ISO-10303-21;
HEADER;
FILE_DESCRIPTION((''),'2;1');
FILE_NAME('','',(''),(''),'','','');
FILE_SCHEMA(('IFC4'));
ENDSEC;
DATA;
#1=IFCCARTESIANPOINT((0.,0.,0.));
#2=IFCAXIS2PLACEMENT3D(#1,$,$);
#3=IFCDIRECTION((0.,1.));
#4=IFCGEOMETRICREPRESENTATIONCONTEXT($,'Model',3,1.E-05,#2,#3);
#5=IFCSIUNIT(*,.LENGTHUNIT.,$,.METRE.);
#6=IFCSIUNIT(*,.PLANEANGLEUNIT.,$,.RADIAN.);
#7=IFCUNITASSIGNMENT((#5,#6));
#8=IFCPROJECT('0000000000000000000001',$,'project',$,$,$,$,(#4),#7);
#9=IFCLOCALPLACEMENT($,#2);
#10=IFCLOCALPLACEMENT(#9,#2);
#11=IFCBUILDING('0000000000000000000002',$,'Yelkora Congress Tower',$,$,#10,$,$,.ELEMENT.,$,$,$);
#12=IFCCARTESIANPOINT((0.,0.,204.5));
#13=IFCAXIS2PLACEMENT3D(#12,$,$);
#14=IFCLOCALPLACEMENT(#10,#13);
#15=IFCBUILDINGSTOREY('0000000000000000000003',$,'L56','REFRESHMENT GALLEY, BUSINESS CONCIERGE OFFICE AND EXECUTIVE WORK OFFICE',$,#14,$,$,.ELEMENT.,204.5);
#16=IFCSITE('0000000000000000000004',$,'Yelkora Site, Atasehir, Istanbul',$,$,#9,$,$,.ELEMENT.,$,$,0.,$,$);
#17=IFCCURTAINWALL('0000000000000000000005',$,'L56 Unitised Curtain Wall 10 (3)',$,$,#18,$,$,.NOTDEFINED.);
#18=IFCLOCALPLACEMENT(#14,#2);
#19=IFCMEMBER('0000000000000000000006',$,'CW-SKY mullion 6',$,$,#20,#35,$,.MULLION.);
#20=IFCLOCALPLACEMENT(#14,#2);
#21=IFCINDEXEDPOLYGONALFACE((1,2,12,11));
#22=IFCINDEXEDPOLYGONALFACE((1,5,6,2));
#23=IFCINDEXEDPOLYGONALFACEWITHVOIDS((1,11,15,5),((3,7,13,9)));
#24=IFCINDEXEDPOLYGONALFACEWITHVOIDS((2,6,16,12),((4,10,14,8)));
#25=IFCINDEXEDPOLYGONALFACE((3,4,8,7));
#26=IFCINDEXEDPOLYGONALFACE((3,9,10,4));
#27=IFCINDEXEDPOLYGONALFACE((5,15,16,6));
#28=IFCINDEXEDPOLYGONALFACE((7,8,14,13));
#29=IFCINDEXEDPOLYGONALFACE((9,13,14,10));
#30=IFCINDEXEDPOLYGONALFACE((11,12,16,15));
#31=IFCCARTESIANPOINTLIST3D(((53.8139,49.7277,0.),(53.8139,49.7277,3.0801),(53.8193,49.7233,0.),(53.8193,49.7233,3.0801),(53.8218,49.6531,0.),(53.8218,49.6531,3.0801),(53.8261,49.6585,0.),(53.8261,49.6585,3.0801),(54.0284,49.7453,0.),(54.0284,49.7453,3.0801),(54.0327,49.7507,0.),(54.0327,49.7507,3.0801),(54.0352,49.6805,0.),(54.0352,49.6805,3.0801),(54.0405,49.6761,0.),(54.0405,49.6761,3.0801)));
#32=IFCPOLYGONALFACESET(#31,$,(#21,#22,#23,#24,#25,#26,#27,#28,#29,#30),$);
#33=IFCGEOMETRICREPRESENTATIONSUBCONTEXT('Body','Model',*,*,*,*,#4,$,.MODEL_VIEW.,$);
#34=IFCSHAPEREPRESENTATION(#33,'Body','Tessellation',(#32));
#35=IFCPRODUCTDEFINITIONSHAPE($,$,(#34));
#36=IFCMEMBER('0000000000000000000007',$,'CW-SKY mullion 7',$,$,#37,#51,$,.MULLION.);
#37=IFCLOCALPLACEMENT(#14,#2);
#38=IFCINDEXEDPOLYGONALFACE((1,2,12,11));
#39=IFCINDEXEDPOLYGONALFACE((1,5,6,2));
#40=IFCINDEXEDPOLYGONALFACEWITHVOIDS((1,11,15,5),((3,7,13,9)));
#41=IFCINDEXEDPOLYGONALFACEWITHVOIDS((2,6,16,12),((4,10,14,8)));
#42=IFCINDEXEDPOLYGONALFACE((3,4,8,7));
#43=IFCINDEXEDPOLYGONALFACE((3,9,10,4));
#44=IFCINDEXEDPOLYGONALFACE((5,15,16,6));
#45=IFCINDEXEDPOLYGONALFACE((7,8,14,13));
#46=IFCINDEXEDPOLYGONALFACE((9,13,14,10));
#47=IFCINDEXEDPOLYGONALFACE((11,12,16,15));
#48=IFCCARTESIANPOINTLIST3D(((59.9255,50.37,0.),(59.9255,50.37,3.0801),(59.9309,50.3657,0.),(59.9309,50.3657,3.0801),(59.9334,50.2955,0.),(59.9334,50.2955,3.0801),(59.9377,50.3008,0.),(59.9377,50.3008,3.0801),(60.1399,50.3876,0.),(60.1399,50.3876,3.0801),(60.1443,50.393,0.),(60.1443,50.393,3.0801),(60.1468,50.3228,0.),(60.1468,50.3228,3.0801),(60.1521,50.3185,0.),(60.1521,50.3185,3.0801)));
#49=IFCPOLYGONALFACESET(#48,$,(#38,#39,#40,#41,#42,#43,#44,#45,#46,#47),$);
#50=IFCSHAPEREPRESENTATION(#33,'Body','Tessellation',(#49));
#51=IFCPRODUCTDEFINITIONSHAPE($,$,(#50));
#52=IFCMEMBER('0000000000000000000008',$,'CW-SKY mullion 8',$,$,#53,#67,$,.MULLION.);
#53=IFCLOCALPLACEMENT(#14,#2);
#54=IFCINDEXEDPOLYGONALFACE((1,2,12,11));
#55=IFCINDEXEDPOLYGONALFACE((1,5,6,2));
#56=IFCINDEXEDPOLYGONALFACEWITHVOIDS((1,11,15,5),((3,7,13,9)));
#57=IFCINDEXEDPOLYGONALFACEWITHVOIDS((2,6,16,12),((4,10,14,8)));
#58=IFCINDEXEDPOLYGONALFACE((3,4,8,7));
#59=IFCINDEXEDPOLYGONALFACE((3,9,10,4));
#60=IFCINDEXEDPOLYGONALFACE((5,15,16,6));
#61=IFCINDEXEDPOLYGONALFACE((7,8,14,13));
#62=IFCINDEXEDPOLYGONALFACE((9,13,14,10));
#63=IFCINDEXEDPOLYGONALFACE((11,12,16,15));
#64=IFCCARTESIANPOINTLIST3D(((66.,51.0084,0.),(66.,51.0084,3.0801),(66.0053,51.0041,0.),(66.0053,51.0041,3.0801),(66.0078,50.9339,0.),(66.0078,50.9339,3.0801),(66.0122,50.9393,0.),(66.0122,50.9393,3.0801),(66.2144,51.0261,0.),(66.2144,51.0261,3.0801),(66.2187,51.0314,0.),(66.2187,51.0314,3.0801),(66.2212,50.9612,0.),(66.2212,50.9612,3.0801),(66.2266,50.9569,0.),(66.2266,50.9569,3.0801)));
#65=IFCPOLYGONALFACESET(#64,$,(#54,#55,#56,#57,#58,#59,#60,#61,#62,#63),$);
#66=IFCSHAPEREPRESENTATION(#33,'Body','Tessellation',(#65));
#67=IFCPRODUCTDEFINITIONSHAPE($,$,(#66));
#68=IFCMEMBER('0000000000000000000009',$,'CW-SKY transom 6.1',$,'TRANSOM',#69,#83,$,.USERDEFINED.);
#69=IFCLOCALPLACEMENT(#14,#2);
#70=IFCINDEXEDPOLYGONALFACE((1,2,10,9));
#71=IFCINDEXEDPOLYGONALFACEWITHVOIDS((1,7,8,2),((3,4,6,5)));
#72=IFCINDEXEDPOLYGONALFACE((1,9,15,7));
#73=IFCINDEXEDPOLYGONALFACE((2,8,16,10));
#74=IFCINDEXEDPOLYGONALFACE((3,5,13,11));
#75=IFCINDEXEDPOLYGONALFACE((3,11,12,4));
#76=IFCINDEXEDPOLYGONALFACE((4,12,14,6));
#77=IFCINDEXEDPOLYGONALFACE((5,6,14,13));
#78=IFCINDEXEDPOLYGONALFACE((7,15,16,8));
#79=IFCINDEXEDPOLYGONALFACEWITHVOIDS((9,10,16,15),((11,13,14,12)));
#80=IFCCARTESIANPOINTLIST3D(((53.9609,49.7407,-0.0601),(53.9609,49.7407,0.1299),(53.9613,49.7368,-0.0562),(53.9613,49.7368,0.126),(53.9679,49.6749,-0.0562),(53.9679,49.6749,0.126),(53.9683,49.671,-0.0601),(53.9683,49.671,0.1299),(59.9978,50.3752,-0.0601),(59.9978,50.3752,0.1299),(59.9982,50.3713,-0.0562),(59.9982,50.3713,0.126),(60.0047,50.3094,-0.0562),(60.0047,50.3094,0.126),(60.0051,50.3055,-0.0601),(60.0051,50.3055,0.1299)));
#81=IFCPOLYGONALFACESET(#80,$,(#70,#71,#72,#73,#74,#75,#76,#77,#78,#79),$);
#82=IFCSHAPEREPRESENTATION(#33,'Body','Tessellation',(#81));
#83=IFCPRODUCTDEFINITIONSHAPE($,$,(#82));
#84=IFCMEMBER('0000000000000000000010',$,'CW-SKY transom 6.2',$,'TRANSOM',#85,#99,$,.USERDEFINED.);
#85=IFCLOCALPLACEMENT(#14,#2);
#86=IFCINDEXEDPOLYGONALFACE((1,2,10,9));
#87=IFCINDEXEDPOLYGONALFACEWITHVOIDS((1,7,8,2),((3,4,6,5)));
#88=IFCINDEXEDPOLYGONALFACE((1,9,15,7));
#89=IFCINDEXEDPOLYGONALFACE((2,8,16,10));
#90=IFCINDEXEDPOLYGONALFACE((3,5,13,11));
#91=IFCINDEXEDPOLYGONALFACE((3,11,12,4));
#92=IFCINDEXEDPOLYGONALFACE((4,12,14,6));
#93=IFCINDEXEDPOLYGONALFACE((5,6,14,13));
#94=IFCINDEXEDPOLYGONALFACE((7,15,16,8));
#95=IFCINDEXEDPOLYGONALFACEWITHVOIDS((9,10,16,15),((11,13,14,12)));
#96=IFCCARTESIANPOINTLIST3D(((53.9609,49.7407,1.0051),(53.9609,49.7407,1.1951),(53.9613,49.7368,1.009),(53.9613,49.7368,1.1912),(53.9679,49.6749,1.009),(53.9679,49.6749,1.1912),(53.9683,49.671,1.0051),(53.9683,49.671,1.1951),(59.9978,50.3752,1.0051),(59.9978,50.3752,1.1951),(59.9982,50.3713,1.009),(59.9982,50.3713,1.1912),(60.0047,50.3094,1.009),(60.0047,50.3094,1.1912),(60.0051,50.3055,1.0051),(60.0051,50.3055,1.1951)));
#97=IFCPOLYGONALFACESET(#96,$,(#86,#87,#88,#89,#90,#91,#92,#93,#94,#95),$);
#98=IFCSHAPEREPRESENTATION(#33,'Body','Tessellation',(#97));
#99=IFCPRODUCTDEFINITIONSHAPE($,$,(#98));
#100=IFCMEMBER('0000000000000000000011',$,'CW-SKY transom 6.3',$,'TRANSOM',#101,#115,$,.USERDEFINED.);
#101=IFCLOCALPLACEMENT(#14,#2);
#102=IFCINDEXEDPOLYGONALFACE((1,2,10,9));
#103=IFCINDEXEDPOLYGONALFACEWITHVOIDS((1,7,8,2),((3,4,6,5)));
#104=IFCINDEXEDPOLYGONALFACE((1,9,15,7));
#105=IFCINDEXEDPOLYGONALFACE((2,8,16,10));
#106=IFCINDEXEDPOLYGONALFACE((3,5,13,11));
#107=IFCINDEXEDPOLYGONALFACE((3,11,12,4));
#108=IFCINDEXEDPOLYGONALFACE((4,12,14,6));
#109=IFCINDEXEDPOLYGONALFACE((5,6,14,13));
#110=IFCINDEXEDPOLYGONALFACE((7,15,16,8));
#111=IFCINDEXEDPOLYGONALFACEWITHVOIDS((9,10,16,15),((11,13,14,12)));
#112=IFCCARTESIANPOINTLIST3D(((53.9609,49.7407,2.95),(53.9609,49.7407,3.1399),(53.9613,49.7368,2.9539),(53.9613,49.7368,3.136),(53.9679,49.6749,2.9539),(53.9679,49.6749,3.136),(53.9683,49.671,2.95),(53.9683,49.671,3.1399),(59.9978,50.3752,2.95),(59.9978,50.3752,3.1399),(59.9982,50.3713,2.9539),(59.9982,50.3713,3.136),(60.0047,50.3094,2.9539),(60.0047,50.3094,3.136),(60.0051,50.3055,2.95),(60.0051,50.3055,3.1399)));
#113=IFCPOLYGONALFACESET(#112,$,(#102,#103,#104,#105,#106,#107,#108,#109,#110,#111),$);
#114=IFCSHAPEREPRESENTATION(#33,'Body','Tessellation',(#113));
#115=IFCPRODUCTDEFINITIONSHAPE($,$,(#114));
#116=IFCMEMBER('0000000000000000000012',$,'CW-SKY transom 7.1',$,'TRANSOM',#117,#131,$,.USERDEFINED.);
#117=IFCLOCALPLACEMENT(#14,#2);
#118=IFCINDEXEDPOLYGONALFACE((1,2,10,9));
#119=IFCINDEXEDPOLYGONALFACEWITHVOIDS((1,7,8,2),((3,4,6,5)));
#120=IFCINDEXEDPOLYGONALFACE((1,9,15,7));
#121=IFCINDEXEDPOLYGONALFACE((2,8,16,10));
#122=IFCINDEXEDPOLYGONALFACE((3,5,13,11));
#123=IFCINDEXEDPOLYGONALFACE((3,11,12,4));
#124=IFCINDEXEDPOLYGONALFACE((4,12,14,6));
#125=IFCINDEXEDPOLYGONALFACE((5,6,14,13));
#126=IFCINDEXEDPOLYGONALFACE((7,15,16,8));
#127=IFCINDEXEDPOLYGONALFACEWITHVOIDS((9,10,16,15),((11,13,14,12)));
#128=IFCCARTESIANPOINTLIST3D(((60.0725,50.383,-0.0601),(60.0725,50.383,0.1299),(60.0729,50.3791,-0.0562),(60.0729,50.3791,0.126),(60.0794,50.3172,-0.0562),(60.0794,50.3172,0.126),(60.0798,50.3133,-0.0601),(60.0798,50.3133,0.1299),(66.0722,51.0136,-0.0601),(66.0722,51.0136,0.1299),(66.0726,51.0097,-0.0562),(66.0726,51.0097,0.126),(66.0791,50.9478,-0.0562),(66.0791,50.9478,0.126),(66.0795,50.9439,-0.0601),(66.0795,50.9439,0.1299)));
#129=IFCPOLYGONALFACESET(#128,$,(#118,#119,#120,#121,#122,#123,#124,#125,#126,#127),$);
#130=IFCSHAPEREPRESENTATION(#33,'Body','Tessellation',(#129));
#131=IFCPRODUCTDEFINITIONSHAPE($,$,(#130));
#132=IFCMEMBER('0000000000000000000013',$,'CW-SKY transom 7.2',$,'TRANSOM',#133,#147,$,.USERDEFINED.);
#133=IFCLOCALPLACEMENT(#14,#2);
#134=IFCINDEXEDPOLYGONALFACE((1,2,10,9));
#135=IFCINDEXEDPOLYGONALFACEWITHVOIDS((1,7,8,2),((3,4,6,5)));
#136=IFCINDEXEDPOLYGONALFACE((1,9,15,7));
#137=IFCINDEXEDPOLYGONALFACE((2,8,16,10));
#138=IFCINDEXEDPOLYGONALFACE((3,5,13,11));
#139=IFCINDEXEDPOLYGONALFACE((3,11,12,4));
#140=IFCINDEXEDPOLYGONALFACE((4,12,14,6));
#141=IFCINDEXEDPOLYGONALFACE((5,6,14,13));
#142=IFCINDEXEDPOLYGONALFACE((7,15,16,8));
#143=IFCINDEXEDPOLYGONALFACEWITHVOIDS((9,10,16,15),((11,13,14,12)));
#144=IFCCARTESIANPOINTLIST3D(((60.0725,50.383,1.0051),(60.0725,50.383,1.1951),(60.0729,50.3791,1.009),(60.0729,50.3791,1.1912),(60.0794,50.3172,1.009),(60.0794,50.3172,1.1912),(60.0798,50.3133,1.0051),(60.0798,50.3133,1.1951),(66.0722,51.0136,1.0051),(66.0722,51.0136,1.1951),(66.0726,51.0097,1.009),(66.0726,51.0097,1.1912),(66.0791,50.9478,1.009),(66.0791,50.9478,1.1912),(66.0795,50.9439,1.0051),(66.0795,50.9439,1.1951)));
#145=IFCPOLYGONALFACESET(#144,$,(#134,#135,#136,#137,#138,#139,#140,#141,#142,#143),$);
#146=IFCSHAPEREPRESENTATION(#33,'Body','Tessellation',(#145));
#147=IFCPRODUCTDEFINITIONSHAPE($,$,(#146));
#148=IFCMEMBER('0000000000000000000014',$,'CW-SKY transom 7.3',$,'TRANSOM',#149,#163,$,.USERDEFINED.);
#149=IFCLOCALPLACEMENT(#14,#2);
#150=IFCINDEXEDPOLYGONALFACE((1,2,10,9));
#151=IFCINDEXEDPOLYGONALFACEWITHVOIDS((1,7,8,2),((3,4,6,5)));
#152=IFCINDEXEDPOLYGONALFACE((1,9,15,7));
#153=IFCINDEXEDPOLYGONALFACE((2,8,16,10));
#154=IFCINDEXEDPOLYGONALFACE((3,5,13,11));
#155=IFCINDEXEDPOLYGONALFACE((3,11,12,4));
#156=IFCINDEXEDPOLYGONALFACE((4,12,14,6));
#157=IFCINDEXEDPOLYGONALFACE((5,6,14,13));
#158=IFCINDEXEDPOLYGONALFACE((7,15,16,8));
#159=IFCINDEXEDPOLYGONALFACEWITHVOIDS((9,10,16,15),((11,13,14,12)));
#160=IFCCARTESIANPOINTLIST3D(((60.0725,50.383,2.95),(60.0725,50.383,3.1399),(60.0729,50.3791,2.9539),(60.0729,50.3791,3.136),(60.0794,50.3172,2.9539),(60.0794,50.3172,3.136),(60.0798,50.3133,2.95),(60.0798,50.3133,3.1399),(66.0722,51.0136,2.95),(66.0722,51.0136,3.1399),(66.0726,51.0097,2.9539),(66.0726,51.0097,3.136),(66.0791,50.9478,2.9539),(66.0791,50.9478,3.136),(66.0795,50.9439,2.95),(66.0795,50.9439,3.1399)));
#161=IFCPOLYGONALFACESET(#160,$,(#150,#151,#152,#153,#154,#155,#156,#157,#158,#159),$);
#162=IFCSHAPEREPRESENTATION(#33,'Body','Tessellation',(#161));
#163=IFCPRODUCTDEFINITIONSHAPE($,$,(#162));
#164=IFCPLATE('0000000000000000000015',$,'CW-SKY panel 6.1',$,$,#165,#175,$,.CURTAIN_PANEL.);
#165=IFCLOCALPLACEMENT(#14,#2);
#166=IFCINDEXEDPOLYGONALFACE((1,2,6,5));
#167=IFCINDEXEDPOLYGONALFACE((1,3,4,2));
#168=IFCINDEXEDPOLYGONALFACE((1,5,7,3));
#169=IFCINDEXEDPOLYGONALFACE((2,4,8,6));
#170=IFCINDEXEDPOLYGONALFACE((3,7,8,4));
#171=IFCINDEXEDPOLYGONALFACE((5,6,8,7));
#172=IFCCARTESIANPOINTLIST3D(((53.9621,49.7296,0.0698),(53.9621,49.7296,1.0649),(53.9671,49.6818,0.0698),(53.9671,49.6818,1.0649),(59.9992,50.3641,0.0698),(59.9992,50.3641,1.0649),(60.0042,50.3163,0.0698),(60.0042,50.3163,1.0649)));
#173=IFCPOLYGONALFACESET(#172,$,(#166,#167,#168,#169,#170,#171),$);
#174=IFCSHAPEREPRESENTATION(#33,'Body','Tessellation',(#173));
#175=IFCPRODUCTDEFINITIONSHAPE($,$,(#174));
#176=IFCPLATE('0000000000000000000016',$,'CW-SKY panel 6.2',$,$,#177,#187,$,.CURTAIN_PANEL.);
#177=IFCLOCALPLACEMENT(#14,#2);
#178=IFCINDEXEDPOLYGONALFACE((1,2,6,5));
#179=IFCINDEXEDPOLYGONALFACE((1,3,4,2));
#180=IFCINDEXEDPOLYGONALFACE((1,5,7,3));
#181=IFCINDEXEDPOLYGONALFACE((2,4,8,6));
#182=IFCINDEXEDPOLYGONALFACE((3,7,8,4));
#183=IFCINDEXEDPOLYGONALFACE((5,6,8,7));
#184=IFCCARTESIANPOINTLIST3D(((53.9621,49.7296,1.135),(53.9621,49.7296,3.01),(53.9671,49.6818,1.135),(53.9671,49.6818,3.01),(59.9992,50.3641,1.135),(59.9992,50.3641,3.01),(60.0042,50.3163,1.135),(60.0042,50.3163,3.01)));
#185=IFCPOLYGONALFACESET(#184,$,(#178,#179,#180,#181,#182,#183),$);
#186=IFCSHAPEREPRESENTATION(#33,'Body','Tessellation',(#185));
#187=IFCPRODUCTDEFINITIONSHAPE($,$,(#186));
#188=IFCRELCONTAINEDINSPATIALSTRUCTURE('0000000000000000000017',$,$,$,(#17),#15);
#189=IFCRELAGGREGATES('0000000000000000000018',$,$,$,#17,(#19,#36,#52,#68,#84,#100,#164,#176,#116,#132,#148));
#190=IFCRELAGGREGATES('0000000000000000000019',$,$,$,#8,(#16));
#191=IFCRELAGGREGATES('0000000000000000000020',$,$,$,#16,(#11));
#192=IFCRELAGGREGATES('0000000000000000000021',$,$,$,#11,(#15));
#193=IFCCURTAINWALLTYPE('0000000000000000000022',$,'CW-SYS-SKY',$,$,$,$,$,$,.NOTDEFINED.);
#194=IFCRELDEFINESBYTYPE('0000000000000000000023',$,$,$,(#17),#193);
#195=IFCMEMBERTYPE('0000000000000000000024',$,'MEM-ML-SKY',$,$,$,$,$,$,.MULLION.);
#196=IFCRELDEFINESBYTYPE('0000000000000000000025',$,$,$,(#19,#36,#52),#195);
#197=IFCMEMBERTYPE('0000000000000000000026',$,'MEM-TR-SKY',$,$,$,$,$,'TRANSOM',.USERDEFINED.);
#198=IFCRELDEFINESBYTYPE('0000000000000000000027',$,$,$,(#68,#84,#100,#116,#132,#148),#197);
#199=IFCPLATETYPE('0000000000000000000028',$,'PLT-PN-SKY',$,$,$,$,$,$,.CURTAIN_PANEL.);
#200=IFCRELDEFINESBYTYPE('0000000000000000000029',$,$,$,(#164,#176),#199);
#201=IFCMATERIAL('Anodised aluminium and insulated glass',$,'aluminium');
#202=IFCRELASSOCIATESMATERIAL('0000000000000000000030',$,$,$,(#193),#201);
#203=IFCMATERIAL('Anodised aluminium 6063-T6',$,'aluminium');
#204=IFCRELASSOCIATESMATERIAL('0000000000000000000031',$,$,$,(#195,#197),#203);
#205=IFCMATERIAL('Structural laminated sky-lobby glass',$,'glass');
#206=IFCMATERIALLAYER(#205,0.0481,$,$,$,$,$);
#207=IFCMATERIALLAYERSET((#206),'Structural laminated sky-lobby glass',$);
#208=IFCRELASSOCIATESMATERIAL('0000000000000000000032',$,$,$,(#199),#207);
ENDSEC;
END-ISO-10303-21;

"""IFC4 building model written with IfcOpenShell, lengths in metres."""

from ifc_helpers import new_model, si_unit, direction, frame, origin, origin_2d, place, context, subcontext, project, spatial, rectangle, hollow_rectangle, extrude, material, layer, layer_set, material_profile, profile_set, type_object, element, aggregate, save


model = new_model("IFC4")

# Units and contexts
model_context = context("Model", 3, precision=1e-05, world=origin(), true_north=direction((0.0, 1.0)))
body_context = subcontext(model_context, "Body", "Model", "MODEL_VIEW")
ifc_project = project(units=[si_unit("LENGTHUNIT", "METRE"), si_unit("PLANEANGLEUNIT", "RADIAN")], contexts=[model_context])

# Site, building, storey
site_placement = place(None, origin())
site = spatial("IfcSite", under=ifc_project, at=site_placement, Name="Yelkora Site, Atasehir, Istanbul", CompositionType="ELEMENT", RefElevation=0.0)
building_placement = place(site_placement, origin())
building = spatial("IfcBuilding", under=site, at=building_placement, Name="Yelkora Congress Tower", CompositionType="ELEMENT")
storey_placement = place(building_placement, frame((0.0, 0.0, 204.5)))
storey = spatial("IfcBuildingStorey", under=building, at=storey_placement, Name="L56", Description="REFRESHMENT GALLEY, BUSINESS CONCIERGE OFFICE AND EXECUTIVE WORK OFFICE", CompositionType="ELEMENT", Elevation=204.5)

# Curtain wall, members, plates
ifc_material_1 = material(Name="Anodised aluminium and insulated glass", Category="aluminium")
curtain_wall_type = type_object("IfcCurtainWallType", Name="CW-SYS-SKY", PredefinedType="NOTDEFINED", material=ifc_material_1)
curtain_wall_placement = place(storey_placement, origin())
curtain_wall = element("IfcCurtainWall", 1, at=curtain_wall_placement, inside=storey, type_object=curtain_wall_type, Name="L56 Unitised Curtain Wall 10 (3)", PredefinedType="NOTDEFINED")
ifc_material_2 = material(Name="Anodised aluminium 6063-T6", Category="aluminium")
ifc_material_profile_1 = material_profile(ifc_material_2, hollow_rectangle(XDim=0.075, YDim=0.22, WallThickness=0.0049, at=origin_2d()), Name="ALU 75x220x5")
ifc_profile_set_1 = profile_set([ifc_material_profile_1], Name="Anodised aluminium 6063-T6")
member_type_1 = type_object("IfcMemberType", Name="MEM-ML-SKY", PredefinedType="MULLION", material=ifc_profile_set_1)
member_1_placement = place(storey_placement, frame((53.9272, 49.7019, 0.0), z_axis=(0.0, 0.0, 1.0), x_axis=(-0.104528, 0.994522, 0.0)))
member_1 = element("IfcMember", 2, at=member_1_placement, type_object=member_type_1, Name="CW-SKY mullion 6", PredefinedType="MULLION", context=body_context, shape_type="SweptSolid", body=[
    extrude(hollow_rectangle(XDim=0.075, YDim=0.22, WallThickness=0.0049, at=origin_2d()), origin(), (0.0, 0.0, 1.0), 3.0801),
])
member_2_placement = place(storey_placement, frame((60.0388, 50.3442, 0.0), z_axis=(0.0, 0.0, 1.0), x_axis=(-0.104528, 0.994522, 0.0)))
member_2 = element("IfcMember", 3, at=member_2_placement, type_object=member_type_1, Name="CW-SKY mullion 7", PredefinedType="MULLION", context=body_context, shape_type="SweptSolid", body=[
    extrude(hollow_rectangle(XDim=0.075, YDim=0.22, WallThickness=0.0049, at=origin_2d()), origin(), (0.0, 0.0, 1.0), 3.0801),
])
member_3_placement = place(storey_placement, frame((66.1133, 50.9827, 0.0), z_axis=(0.0, 0.0, 1.0), x_axis=(-0.104528, 0.994522, 0.0)))
member_3 = element("IfcMember", 4, at=member_3_placement, type_object=member_type_1, Name="CW-SKY mullion 8", PredefinedType="MULLION", context=body_context, shape_type="SweptSolid", body=[
    extrude(hollow_rectangle(XDim=0.075, YDim=0.22, WallThickness=0.0049, at=origin_2d()), origin(), (0.0, 0.0, 1.0), 3.0801),
])
ifc_material_profile_2 = material_profile(ifc_material_2, hollow_rectangle(XDim=0.0701, YDim=0.1899, WallThickness=0.0039, at=origin_2d()), Name="ALU 70x190x4")
ifc_profile_set_2 = profile_set([ifc_material_profile_2], Name="Anodised aluminium 6063-T6")
member_type_2 = type_object("IfcMemberType", Name="MEM-TR-SKY", ElementType="TRANSOM", PredefinedType="USERDEFINED", material=ifc_profile_set_2)
member_4_placement = place(storey_placement, frame((53.9646, 49.7058, 0.0349), z_axis=(0.994522, 0.104532, 0.0), x_axis=(-0.104532, 0.994522, 0.0)))
member_4 = element("IfcMember", 5, at=member_4_placement, type_object=member_type_2, Name="CW-SKY transom 6.1", ObjectType="TRANSOM", PredefinedType="USERDEFINED", context=body_context, shape_type="SweptSolid", body=[
    extrude(hollow_rectangle(XDim=0.0701, YDim=0.1899, WallThickness=0.0039, at=origin_2d()), origin(), (0.0, 0.0, 1.0), 6.0701),
])
member_5_placement = place(storey_placement, frame((53.9646, 49.7058, 1.1001), z_axis=(0.994522, 0.104532, 0.0), x_axis=(-0.104532, 0.994522, 0.0)))
member_5 = element("IfcMember", 6, at=member_5_placement, type_object=member_type_2, Name="CW-SKY transom 6.2", ObjectType="TRANSOM", PredefinedType="USERDEFINED", context=body_context, shape_type="SweptSolid", body=[
    extrude(hollow_rectangle(XDim=0.0701, YDim=0.1899, WallThickness=0.0039, at=origin_2d()), origin(), (0.0, 0.0, 1.0), 6.0701),
])
member_6_placement = place(storey_placement, frame((53.9646, 49.7058, 3.0449), z_axis=(0.994522, 0.104532, 0.0), x_axis=(-0.104532, 0.994522, 0.0)))
member_6 = element("IfcMember", 7, at=member_6_placement, type_object=member_type_2, Name="CW-SKY transom 6.3", ObjectType="TRANSOM", PredefinedType="USERDEFINED", context=body_context, shape_type="SweptSolid", body=[
    extrude(hollow_rectangle(XDim=0.0701, YDim=0.1899, WallThickness=0.0039, at=origin_2d()), origin(), (0.0, 0.0, 1.0), 6.0701),
])
member_7_placement = place(storey_placement, frame((60.0762, 50.3481, 0.0349), z_axis=(0.994522, 0.104531, 0.0), x_axis=(-0.104531, 0.994522, 0.0)))
member_7 = element("IfcMember", 8, at=member_7_placement, type_object=member_type_2, Name="CW-SKY transom 7.1", ObjectType="TRANSOM", PredefinedType="USERDEFINED", context=body_context, shape_type="SweptSolid", body=[
    extrude(hollow_rectangle(XDim=0.0701, YDim=0.1899, WallThickness=0.0039, at=origin_2d()), origin(), (0.0, 0.0, 1.0), 6.0327),
])
member_8_placement = place(storey_placement, frame((60.0762, 50.3481, 1.1001), z_axis=(0.994522, 0.104531, 0.0), x_axis=(-0.104531, 0.994522, 0.0)))
member_8 = element("IfcMember", 9, at=member_8_placement, type_object=member_type_2, Name="CW-SKY transom 7.2", ObjectType="TRANSOM", PredefinedType="USERDEFINED", context=body_context, shape_type="SweptSolid", body=[
    extrude(hollow_rectangle(XDim=0.0701, YDim=0.1899, WallThickness=0.0039, at=origin_2d()), origin(), (0.0, 0.0, 1.0), 6.0327),
])
member_9_placement = place(storey_placement, frame((60.0762, 50.3481, 3.0449), z_axis=(0.994522, 0.104531, 0.0), x_axis=(-0.104531, 0.994522, 0.0)))
member_9 = element("IfcMember", 10, at=member_9_placement, type_object=member_type_2, Name="CW-SKY transom 7.3", ObjectType="TRANSOM", PredefinedType="USERDEFINED", context=body_context, shape_type="SweptSolid", body=[
    extrude(hollow_rectangle(XDim=0.0701, YDim=0.1899, WallThickness=0.0039, at=origin_2d()), origin(), (0.0, 0.0, 1.0), 6.0327),
])
ifc_material_3 = material(Name="Structural laminated sky-lobby glass", Category="glass")
ifc_layer_1 = layer(ifc_material_3, 0.0481)
ifc_layer_set_1 = layer_set([ifc_layer_1], Name="Structural laminated sky-lobby glass")
plate_type = type_object("IfcPlateType", Name="PLT-PN-SKY", PredefinedType="CURTAIN_PANEL", material=ifc_layer_set_1)
plate_1_placement = place(storey_placement, frame((56.9832, 50.0229, 0.0698), z_axis=(0.0, 0.0, 1.0), x_axis=(0.994522, 0.104528, 0.0)))
plate_1 = element("IfcPlate", 11, at=plate_1_placement, type_object=plate_type, Name="CW-SKY panel 6.1", PredefinedType="CURTAIN_PANEL", context=body_context, shape_type="SweptSolid", body=[
    extrude(rectangle(XDim=6.0703, YDim=0.0481, at=origin_2d()), origin(), (0.0, 0.0, 1.0), 0.9951),
])
plate_2_placement = place(storey_placement, frame((56.9832, 50.0229, 1.135), z_axis=(0.0, 0.0, 1.0), x_axis=(0.994522, 0.104528, 0.0)))
plate_2 = element("IfcPlate", 12, at=plate_2_placement, type_object=plate_type, Name="CW-SKY panel 6.2", PredefinedType="CURTAIN_PANEL", context=body_context, shape_type="SweptSolid", body=[
    extrude(rectangle(XDim=6.0703, YDim=0.0481, at=origin_2d()), origin(), (0.0, 0.0, 1.0), 1.875),
])
aggregate(curtain_wall, [member_1, member_2, member_3, member_4, member_5, member_6, plate_1, plate_2, member_7, member_8, member_9])

save(model, "model.ifc")
